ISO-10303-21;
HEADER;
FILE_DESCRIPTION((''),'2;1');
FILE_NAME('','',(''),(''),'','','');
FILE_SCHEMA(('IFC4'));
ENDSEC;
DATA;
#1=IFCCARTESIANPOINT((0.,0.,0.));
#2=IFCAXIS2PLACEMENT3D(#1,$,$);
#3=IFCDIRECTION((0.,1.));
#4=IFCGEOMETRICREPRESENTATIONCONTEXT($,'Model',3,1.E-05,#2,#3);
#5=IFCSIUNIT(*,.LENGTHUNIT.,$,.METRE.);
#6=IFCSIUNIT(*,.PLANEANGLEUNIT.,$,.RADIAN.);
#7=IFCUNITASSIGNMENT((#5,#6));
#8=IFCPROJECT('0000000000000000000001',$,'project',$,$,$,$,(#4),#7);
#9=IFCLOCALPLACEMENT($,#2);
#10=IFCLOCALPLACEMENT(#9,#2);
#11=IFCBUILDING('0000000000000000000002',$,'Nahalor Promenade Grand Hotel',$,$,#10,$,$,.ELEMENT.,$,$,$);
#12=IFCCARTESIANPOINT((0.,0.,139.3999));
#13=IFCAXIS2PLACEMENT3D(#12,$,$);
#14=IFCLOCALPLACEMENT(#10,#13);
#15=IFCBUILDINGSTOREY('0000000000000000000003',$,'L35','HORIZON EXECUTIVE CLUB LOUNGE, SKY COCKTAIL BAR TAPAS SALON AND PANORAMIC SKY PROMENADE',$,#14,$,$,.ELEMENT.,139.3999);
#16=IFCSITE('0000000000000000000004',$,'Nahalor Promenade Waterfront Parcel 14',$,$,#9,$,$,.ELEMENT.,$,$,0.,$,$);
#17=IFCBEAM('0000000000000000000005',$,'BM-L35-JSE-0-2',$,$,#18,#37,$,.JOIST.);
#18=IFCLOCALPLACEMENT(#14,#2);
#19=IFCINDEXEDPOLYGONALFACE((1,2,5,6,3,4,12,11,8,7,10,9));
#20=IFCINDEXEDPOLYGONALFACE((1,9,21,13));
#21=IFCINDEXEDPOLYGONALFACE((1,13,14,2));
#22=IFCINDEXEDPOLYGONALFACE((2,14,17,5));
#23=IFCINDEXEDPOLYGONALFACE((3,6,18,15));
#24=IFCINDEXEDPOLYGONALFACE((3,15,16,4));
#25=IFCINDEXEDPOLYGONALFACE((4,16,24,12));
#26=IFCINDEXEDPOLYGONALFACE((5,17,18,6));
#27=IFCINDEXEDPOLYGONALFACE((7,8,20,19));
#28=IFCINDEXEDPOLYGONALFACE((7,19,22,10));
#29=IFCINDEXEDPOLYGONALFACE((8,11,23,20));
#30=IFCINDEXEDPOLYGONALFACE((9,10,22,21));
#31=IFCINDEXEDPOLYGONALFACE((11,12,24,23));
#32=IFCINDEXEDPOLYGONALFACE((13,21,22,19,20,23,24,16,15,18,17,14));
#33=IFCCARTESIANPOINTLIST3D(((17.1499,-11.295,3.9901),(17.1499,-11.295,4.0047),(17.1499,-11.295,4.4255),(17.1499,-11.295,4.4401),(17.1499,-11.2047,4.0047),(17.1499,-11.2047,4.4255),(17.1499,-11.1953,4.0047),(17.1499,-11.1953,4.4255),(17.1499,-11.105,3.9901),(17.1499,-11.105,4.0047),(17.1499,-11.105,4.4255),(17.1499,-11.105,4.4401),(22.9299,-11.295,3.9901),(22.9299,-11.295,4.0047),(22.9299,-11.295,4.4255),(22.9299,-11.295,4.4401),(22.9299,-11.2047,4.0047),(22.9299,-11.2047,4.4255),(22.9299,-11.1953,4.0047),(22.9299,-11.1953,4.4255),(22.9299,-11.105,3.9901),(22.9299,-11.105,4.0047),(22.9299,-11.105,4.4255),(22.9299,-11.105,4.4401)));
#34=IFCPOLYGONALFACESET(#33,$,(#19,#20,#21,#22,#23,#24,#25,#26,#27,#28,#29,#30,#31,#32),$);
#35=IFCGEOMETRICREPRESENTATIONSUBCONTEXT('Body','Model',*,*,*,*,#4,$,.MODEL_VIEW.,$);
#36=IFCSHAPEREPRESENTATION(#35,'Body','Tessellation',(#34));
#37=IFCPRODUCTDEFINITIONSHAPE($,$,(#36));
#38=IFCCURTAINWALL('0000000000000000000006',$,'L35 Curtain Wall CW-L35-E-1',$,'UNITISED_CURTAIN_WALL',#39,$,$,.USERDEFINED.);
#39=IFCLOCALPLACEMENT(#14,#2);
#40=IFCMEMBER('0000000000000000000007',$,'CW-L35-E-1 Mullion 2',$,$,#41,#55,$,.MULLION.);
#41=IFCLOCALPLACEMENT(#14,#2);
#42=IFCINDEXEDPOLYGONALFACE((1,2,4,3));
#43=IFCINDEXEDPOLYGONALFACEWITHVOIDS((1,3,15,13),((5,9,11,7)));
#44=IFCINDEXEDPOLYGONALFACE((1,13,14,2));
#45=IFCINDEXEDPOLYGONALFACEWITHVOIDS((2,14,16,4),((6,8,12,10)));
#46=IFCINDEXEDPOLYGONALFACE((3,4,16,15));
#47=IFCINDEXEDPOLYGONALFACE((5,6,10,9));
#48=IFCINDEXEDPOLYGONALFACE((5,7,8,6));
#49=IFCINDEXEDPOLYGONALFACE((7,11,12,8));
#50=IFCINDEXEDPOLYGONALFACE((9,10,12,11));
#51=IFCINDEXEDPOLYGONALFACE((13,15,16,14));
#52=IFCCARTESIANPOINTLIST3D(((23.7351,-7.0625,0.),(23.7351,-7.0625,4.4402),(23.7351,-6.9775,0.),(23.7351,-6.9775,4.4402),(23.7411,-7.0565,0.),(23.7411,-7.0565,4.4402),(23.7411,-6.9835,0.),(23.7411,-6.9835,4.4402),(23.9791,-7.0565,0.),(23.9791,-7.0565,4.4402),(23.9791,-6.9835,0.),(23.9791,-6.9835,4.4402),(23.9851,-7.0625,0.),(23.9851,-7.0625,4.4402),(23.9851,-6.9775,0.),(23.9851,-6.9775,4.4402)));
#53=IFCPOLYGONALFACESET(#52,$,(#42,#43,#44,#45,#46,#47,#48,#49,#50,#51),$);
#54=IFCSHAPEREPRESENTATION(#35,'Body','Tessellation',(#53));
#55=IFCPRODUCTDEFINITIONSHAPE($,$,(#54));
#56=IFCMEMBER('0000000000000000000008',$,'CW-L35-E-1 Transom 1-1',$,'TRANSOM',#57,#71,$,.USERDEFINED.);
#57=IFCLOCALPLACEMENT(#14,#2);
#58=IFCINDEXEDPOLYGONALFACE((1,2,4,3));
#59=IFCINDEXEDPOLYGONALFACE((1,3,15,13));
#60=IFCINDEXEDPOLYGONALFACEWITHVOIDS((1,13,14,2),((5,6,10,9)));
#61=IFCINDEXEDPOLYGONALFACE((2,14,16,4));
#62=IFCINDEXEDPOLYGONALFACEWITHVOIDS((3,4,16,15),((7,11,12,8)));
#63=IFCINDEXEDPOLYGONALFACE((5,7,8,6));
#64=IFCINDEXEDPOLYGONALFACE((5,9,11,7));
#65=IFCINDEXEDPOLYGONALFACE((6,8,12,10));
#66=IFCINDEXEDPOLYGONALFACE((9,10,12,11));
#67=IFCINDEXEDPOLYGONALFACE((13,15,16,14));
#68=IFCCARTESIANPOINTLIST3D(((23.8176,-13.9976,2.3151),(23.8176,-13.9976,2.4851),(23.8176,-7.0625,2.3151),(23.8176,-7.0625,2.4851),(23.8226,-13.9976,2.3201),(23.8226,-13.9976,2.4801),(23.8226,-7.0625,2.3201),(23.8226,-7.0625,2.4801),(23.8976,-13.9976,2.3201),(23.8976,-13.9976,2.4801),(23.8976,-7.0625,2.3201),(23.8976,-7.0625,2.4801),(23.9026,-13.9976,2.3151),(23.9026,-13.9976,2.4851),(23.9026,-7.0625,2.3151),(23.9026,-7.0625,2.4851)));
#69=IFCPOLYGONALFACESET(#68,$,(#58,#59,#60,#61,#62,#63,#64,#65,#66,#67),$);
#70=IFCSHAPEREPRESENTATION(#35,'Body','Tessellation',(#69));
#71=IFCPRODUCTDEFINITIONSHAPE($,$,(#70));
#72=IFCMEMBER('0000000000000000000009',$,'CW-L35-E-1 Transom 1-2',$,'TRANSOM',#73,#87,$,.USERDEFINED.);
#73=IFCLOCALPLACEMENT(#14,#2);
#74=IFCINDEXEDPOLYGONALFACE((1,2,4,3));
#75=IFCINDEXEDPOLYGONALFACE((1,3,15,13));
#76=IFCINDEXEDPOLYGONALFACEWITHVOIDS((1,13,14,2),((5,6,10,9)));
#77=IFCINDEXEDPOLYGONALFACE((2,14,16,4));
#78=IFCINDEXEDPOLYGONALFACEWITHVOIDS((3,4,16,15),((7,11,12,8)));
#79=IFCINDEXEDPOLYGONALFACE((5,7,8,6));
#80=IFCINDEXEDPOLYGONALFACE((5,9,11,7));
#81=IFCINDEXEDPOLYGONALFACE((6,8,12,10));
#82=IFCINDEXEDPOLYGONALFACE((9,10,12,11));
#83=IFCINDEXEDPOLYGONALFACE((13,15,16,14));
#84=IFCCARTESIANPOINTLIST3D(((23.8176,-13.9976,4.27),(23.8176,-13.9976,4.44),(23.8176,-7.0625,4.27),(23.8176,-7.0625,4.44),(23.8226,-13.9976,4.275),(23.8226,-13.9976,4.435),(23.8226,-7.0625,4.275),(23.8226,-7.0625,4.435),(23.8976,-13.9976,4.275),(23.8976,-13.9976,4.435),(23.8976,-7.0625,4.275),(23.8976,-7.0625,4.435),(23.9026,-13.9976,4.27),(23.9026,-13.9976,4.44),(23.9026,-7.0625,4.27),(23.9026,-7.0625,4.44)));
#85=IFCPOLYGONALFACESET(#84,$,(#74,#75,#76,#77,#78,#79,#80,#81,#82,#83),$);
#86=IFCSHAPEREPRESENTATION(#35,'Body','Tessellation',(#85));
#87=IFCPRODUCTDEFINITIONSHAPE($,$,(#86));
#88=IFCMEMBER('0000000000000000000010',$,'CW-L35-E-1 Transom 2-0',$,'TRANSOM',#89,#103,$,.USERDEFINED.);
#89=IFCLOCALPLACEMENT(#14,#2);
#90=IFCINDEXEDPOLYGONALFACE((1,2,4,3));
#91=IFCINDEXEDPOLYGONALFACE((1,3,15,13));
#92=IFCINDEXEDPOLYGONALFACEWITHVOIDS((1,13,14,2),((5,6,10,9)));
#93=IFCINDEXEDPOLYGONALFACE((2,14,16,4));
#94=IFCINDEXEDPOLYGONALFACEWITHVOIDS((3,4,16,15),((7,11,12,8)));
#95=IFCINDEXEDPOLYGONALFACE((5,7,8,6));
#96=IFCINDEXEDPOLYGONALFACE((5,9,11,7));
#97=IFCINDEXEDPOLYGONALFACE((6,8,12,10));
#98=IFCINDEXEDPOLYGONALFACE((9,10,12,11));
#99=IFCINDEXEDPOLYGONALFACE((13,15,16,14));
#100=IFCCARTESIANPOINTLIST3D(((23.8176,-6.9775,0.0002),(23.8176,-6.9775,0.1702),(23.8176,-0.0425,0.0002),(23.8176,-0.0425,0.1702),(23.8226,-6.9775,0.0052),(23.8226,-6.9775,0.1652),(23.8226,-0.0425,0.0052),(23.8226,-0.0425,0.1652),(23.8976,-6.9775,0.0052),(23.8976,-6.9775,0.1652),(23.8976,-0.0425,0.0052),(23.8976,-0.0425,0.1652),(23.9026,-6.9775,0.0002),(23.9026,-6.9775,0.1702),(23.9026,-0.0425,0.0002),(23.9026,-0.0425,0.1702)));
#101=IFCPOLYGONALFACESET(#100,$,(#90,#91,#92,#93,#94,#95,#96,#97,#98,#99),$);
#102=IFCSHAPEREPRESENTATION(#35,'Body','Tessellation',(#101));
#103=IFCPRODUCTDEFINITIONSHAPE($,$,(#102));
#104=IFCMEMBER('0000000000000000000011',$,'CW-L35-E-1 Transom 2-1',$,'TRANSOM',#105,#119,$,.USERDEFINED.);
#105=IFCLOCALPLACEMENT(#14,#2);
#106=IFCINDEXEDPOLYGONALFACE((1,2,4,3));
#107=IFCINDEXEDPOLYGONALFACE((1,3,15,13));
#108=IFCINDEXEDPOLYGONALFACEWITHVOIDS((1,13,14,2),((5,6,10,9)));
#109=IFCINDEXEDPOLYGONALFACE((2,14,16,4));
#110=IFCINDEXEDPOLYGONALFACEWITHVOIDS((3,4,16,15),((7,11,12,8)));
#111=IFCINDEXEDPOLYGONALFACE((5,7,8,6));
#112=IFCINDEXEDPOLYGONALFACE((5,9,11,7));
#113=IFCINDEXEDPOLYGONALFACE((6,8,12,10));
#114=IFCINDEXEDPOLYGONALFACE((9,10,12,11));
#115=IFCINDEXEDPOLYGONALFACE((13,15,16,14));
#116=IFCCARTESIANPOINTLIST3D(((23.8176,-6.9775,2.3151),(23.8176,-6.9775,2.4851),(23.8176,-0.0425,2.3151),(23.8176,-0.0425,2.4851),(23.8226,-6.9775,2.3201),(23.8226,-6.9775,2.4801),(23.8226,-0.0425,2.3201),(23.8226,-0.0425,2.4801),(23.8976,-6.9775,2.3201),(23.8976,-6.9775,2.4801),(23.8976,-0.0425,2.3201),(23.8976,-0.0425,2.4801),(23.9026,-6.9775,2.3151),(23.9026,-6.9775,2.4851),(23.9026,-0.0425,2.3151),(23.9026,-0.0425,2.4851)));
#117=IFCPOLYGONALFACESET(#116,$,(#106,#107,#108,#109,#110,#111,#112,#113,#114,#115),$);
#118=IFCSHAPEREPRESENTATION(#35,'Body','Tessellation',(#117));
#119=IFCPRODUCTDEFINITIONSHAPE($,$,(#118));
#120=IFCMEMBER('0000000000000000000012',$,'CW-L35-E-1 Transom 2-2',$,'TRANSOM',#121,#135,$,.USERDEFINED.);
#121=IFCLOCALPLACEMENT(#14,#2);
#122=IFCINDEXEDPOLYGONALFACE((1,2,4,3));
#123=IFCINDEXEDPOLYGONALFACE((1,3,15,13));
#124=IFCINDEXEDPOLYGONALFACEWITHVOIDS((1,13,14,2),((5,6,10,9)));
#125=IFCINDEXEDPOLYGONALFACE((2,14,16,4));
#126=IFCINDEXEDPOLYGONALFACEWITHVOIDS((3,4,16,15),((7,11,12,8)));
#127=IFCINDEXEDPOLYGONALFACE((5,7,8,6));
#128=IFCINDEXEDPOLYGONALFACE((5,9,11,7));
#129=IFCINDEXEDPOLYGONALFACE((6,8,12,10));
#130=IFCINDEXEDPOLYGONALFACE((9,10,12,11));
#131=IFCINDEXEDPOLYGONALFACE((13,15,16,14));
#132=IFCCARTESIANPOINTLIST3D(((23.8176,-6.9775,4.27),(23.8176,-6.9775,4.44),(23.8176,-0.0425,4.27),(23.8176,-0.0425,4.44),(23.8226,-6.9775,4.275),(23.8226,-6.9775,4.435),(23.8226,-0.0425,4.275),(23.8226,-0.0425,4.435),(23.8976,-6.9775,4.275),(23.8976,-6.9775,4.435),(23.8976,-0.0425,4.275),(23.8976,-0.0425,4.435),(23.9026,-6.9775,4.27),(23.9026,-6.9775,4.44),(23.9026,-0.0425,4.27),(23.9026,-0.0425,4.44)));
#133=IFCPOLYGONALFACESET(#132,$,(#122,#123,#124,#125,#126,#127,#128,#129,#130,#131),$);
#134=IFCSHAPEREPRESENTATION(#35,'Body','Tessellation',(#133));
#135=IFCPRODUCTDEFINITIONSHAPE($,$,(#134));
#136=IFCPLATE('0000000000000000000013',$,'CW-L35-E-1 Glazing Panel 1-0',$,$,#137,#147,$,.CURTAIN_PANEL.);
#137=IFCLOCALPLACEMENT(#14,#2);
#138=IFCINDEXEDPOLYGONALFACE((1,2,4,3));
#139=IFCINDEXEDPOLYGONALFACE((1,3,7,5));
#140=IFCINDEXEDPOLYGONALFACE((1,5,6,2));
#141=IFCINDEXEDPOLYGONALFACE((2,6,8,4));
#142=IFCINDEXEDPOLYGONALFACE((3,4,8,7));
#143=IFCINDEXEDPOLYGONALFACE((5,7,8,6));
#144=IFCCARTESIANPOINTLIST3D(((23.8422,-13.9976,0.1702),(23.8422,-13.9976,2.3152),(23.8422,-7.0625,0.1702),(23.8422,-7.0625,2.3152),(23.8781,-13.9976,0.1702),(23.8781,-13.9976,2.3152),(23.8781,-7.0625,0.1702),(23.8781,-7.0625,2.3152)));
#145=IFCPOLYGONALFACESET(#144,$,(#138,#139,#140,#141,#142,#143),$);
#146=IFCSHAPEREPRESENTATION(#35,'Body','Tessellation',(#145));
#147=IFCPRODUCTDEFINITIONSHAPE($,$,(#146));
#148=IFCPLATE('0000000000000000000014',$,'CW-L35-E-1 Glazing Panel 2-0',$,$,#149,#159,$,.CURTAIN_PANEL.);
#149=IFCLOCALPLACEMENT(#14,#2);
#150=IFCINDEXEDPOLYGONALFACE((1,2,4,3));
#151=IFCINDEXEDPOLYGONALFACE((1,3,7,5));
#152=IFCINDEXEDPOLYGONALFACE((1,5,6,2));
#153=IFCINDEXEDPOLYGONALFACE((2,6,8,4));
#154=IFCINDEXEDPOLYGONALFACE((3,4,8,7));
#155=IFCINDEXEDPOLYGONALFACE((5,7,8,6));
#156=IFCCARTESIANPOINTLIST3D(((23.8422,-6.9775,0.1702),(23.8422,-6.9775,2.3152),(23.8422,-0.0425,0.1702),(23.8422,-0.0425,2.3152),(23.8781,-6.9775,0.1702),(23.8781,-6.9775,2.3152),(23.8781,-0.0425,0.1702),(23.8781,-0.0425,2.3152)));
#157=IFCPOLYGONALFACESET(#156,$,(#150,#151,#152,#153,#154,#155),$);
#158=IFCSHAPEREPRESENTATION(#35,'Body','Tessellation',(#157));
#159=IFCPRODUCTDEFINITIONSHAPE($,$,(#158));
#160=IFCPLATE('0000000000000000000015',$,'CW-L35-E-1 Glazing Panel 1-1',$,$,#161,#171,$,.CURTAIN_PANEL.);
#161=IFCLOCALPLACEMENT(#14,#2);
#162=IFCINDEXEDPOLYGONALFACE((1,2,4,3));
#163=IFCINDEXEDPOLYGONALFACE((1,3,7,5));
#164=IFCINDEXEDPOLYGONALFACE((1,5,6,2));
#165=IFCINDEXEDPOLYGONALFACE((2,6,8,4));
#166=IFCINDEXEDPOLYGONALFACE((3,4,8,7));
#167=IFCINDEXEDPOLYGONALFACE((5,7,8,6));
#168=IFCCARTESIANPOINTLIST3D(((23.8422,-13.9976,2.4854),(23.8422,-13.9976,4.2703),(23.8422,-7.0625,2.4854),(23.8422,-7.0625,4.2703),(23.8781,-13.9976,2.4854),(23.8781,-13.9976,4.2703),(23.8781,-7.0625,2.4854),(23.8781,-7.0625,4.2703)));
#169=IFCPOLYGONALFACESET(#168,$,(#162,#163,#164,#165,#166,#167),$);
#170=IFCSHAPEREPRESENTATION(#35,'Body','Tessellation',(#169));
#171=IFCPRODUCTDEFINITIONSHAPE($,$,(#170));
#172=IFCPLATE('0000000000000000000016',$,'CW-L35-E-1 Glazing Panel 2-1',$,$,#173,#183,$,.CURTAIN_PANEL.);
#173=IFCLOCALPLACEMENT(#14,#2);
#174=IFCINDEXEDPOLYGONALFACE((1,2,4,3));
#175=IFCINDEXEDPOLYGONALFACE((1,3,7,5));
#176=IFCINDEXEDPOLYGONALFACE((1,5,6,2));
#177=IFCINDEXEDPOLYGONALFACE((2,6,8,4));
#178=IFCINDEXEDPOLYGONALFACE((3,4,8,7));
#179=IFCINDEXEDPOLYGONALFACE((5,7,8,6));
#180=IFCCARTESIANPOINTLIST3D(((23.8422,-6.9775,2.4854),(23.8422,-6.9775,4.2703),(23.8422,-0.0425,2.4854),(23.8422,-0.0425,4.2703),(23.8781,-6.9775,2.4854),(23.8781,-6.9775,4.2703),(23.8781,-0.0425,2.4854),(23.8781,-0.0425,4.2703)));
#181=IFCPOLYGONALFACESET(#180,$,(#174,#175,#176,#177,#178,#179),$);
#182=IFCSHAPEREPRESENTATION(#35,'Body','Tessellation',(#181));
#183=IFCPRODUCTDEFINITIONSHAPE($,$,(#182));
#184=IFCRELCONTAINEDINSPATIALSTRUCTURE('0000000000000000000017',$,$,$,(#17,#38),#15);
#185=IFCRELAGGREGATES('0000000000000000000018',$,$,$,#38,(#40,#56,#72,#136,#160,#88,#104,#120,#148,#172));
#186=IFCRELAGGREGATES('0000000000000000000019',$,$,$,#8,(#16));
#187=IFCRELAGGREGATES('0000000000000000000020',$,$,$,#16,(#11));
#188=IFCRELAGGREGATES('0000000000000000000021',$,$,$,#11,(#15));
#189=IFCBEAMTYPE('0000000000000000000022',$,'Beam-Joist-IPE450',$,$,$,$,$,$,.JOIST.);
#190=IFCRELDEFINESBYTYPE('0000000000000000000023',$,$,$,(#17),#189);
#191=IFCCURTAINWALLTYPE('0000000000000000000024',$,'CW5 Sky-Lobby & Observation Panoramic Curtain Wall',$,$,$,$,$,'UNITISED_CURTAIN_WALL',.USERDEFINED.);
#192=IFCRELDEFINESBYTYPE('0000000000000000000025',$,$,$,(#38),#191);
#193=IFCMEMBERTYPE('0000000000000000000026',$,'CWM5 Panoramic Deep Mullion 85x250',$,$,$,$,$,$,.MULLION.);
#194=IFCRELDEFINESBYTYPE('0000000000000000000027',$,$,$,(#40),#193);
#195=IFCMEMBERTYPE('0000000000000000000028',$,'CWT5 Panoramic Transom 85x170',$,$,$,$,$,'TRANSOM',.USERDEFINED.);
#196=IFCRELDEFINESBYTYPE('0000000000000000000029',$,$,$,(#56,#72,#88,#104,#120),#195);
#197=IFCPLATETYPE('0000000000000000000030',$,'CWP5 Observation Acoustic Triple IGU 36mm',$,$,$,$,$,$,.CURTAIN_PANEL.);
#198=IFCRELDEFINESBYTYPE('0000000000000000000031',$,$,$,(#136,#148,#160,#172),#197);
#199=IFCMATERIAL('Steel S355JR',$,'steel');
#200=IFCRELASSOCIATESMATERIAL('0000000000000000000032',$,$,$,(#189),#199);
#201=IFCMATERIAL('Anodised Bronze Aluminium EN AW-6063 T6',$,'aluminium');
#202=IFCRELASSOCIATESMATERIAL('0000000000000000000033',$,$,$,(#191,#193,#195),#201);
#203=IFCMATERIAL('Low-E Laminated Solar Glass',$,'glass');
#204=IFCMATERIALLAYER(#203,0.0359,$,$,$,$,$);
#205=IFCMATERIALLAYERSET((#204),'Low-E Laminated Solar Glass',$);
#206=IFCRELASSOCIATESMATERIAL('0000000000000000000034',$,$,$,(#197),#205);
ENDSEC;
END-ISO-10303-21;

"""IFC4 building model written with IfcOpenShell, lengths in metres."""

from ifc_helpers import new_model, si_unit, direction, frame, origin, origin_2d, place, context, subcontext, project, spatial, rectangle, hollow_rectangle, i_section, extrude, source, transform, mapped, material, layer, layer_set, material_profile, profile_set, type_object, element, aggregate, save


model = new_model("IFC4")

# Units and contexts
model_context = context("Model", 3, precision=1e-05, world=origin(), true_north=direction((0.0, 1.0)))
body_context = subcontext(model_context, "Body", "Model", "MODEL_VIEW")
ifc_project = project(units=[si_unit("LENGTHUNIT", "METRE"), si_unit("PLANEANGLEUNIT", "RADIAN")], contexts=[model_context])

# Site, building, storey
site_placement = place(None, origin())
site = spatial("IfcSite", under=ifc_project, at=site_placement, Name="Nahalor Promenade Waterfront Parcel 14", CompositionType="ELEMENT", RefElevation=0.0)
building_placement = place(site_placement, origin())
building = spatial("IfcBuilding", under=site, at=building_placement, Name="Nahalor Promenade Grand Hotel", CompositionType="ELEMENT")
storey_placement = place(building_placement, frame((0.0, 0.0, 139.3999)))
storey = spatial("IfcBuildingStorey", under=building, at=storey_placement, Name="L35", Description="HORIZON EXECUTIVE CLUB LOUNGE, SKY COCKTAIL BAR TAPAS SALON AND PANORAMIC SKY PROMENADE", CompositionType="ELEMENT", Elevation=139.3999)

# Beam
ifc_material_1 = material(Name="Steel S355JR", Category="steel")
ifc_material_profile_1 = material_profile(ifc_material_1, i_section(OverallWidth=0.19, OverallDepth=0.45, WebThickness=0.0094, FlangeThickness=0.0146, at=origin_2d()), Name="IPE 450")
ifc_profile_set_1 = profile_set([ifc_material_profile_1], Name="Steel S355JR")
beam_type_1 = type_object("IfcBeamType", Name="Beam-Joist-IPE450", PredefinedType="JOIST", material=ifc_profile_set_1)
shared_shape_1 = source(origin(), body_context, "Body", "SweptSolid", [
    extrude(i_section(OverallWidth=0.19, OverallDepth=0.45, WebThickness=0.0094, FlangeThickness=0.0146, at=origin_2d()), origin(), (0.0, 0.0, 1.0), 5.78),
])
beam_1_placement = place(storey_placement, frame((17.1499, -11.2, 4.2151), z_axis=(1.0, 0.0, 0.0), x_axis=(0.0, 1.0, 0.0)))
element("IfcBeam", 1, at=beam_1_placement, inside=storey, type_object=beam_type_1, Name="BM-L35-JSE-0-2", PredefinedType="JOIST", context=body_context, shape_type="MappedRepresentation", body=[
    mapped(shared_shape_1, transform((0.0, 0.0, 0.0), scale=1.0)),
])

# Curtain wall, members, plates
ifc_material_2 = material(Name="Anodised Bronze Aluminium EN AW-6063 T6", Category="aluminium")
curtain_wall_type = type_object("IfcCurtainWallType", Name="CW5 Sky-Lobby & Observation Panoramic Curtain Wall", ElementType="UNITISED_CURTAIN_WALL", PredefinedType="USERDEFINED", material=ifc_material_2)
curtain_wall_placement = place(storey_placement, origin())
curtain_wall = element("IfcCurtainWall", 2, at=curtain_wall_placement, inside=storey, type_object=curtain_wall_type, Name="L35 Curtain Wall CW-L35-E-1", ObjectType="UNITISED_CURTAIN_WALL", PredefinedType="USERDEFINED")
ifc_material_profile_2 = material_profile(ifc_material_2, hollow_rectangle(XDim=0.085, YDim=0.25, WallThickness=0.006, at=origin_2d()), Name="CWM 85x250x6")
ifc_profile_set_2 = profile_set([ifc_material_profile_2], Name="Anodised Bronze Aluminium EN AW-6063 T6")
member_type_1 = type_object("IfcMemberType", Name="CWM5 Panoramic Deep Mullion 85x250", PredefinedType="MULLION", material=ifc_profile_set_2)
shared_shape_2 = source(origin(), body_context, "Body", "SweptSolid", [
    extrude(hollow_rectangle(XDim=0.085, YDim=0.25, WallThickness=0.006, at=origin_2d()), origin(), (0.0, 0.0, 1.0), 4.4402),
])
member_1_placement = place(storey_placement, frame((23.8601, -7.02, 0.0), z_axis=(0.0, 0.0, 1.0), x_axis=(0.0, 1.0, 0.0)))
member_1 = element("IfcMember", 3, at=member_1_placement, type_object=member_type_1, Name="CW-L35-E-1 Mullion 2", PredefinedType="MULLION", context=body_context, shape_type="MappedRepresentation", body=[
    mapped(shared_shape_2, transform((0.0, 0.0, 0.0), scale=1.0)),
])
ifc_material_profile_3 = material_profile(ifc_material_2, hollow_rectangle(XDim=0.085, YDim=0.17, WallThickness=0.005, at=origin_2d()), Name="CWT 85x170x5")
ifc_profile_set_3 = profile_set([ifc_material_profile_3], Name="Anodised Bronze Aluminium EN AW-6063 T6")
member_type_2 = type_object("IfcMemberType", Name="CWT5 Panoramic Transom 85x170", ElementType="TRANSOM", PredefinedType="USERDEFINED", material=ifc_profile_set_3)
shared_shape_3 = source(origin(), body_context, "Body", "SweptSolid", [
    extrude(hollow_rectangle(XDim=0.085, YDim=0.17, WallThickness=0.005, at=origin_2d()), origin(), (0.0, 0.0, 1.0), 6.9351),
])
member_2_placement = place(storey_placement, frame((23.8601, -13.9976, 2.4001), z_axis=(0.0, 1.0, 0.0), x_axis=(-1.0, 0.0, 0.0)))
member_2 = element("IfcMember", 4, at=member_2_placement, type_object=member_type_2, Name="CW-L35-E-1 Transom 1-1", ObjectType="TRANSOM", PredefinedType="USERDEFINED", context=body_context, shape_type="MappedRepresentation", body=[
    mapped(shared_shape_3, transform((0.0, 0.0, 0.0), scale=1.0)),
])
member_3_placement = place(storey_placement, frame((23.8601, -13.9976, 4.355), z_axis=(0.0, 1.0, 0.0), x_axis=(-1.0, 0.0, 0.0)))
member_3 = element("IfcMember", 5, at=member_3_placement, type_object=member_type_2, Name="CW-L35-E-1 Transom 1-2", ObjectType="TRANSOM", PredefinedType="USERDEFINED", context=body_context, shape_type="MappedRepresentation", body=[
    mapped(shared_shape_3, transform((0.0, 0.0, 0.0), scale=1.0)),
])
member_4_placement = place(storey_placement, frame((23.8601, -6.9775, 0.0852), z_axis=(0.0, 1.0, 0.0), x_axis=(-1.0, 0.0, 0.0)))
member_4 = element("IfcMember", 6, at=member_4_placement, type_object=member_type_2, Name="CW-L35-E-1 Transom 2-0", ObjectType="TRANSOM", PredefinedType="USERDEFINED", context=body_context, shape_type="MappedRepresentation", body=[
    mapped(shared_shape_3, transform((0.0, 0.0, 0.0), scale=1.0)),
])
member_5_placement = place(storey_placement, frame((23.8601, -6.9775, 2.4001), z_axis=(0.0, 1.0, 0.0), x_axis=(-1.0, 0.0, 0.0)))
member_5 = element("IfcMember", 7, at=member_5_placement, type_object=member_type_2, Name="CW-L35-E-1 Transom 2-1", ObjectType="TRANSOM", PredefinedType="USERDEFINED", context=body_context, shape_type="MappedRepresentation", body=[
    mapped(shared_shape_3, transform((0.0, 0.0, 0.0), scale=1.0)),
])
member_6_placement = place(storey_placement, frame((23.8601, -6.9775, 4.355), z_axis=(0.0, 1.0, 0.0), x_axis=(-1.0, 0.0, 0.0)))
member_6 = element("IfcMember", 8, at=member_6_placement, type_object=member_type_2, Name="CW-L35-E-1 Transom 2-2", ObjectType="TRANSOM", PredefinedType="USERDEFINED", context=body_context, shape_type="MappedRepresentation", body=[
    mapped(shared_shape_3, transform((0.0, 0.0, 0.0), scale=1.0)),
])
ifc_material_3 = material(Name="Low-E Laminated Solar Glass", Category="glass")
ifc_layer_1 = layer(ifc_material_3, 0.0359)
ifc_layer_set_1 = layer_set([ifc_layer_1], Name="Low-E Laminated Solar Glass")
plate_type = type_object("IfcPlateType", Name="CWP5 Observation Acoustic Triple IGU 36mm", PredefinedType="CURTAIN_PANEL", material=ifc_layer_set_1)
shared_shape_4 = source(origin(), body_context, "Body", "SweptSolid", [
    extrude(rectangle(XDim=6.9351, YDim=0.0359, at=origin_2d()), origin(), (0.0, 0.0, 1.0), 2.145),
])
plate_1_placement = place(storey_placement, frame((23.8601, -10.53, 0.1702), z_axis=(0.0, 0.0, 1.0), x_axis=(0.0, 1.0, 0.0)))
plate_1 = element("IfcPlate", 9, at=plate_1_placement, type_object=plate_type, Name="CW-L35-E-1 Glazing Panel 1-0", PredefinedType="CURTAIN_PANEL", context=body_context, shape_type="MappedRepresentation", body=[
    mapped(shared_shape_4, transform((0.0, 0.0, 0.0), scale=1.0)),
])
plate_2_placement = place(storey_placement, frame((23.8601, -3.51, 0.1702), z_axis=(0.0, 0.0, 1.0), x_axis=(0.0, 1.0, 0.0)))
plate_2 = element("IfcPlate", 10, at=plate_2_placement, type_object=plate_type, Name="CW-L35-E-1 Glazing Panel 2-0", PredefinedType="CURTAIN_PANEL", context=body_context, shape_type="MappedRepresentation", body=[
    mapped(shared_shape_4, transform((0.0, 0.0, 0.0), scale=1.0)),
])
shared_shape_5 = source(origin(), body_context, "Body", "SweptSolid", [
    extrude(rectangle(XDim=6.9351, YDim=0.0359, at=origin_2d()), origin(), (0.0, 0.0, 1.0), 1.7849),
])
plate_3_placement = place(storey_placement, frame((23.8601, -10.53, 2.4854), z_axis=(0.0, 0.0, 1.0), x_axis=(0.0, 1.0, 0.0)))
plate_3 = element("IfcPlate", 11, at=plate_3_placement, type_object=plate_type, Name="CW-L35-E-1 Glazing Panel 1-1", PredefinedType="CURTAIN_PANEL", context=body_context, shape_type="MappedRepresentation", body=[
    mapped(shared_shape_5, transform((0.0, 0.0, 0.0), scale=1.0)),
])
plate_4_placement = place(storey_placement, frame((23.8601, -3.51, 2.4854), z_axis=(0.0, 0.0, 1.0), x_axis=(0.0, 1.0, 0.0)))
plate_4 = element("IfcPlate", 12, at=plate_4_placement, type_object=plate_type, Name="CW-L35-E-1 Glazing Panel 2-1", PredefinedType="CURTAIN_PANEL", context=body_context, shape_type="MappedRepresentation", body=[
    mapped(shared_shape_5, transform((0.0, 0.0, 0.0), scale=1.0)),
])
aggregate(curtain_wall, [member_1, member_2, member_3, plate_1, plate_3, member_4, member_5, member_6, plate_2, plate_4])

save(model, "model.ifc")
